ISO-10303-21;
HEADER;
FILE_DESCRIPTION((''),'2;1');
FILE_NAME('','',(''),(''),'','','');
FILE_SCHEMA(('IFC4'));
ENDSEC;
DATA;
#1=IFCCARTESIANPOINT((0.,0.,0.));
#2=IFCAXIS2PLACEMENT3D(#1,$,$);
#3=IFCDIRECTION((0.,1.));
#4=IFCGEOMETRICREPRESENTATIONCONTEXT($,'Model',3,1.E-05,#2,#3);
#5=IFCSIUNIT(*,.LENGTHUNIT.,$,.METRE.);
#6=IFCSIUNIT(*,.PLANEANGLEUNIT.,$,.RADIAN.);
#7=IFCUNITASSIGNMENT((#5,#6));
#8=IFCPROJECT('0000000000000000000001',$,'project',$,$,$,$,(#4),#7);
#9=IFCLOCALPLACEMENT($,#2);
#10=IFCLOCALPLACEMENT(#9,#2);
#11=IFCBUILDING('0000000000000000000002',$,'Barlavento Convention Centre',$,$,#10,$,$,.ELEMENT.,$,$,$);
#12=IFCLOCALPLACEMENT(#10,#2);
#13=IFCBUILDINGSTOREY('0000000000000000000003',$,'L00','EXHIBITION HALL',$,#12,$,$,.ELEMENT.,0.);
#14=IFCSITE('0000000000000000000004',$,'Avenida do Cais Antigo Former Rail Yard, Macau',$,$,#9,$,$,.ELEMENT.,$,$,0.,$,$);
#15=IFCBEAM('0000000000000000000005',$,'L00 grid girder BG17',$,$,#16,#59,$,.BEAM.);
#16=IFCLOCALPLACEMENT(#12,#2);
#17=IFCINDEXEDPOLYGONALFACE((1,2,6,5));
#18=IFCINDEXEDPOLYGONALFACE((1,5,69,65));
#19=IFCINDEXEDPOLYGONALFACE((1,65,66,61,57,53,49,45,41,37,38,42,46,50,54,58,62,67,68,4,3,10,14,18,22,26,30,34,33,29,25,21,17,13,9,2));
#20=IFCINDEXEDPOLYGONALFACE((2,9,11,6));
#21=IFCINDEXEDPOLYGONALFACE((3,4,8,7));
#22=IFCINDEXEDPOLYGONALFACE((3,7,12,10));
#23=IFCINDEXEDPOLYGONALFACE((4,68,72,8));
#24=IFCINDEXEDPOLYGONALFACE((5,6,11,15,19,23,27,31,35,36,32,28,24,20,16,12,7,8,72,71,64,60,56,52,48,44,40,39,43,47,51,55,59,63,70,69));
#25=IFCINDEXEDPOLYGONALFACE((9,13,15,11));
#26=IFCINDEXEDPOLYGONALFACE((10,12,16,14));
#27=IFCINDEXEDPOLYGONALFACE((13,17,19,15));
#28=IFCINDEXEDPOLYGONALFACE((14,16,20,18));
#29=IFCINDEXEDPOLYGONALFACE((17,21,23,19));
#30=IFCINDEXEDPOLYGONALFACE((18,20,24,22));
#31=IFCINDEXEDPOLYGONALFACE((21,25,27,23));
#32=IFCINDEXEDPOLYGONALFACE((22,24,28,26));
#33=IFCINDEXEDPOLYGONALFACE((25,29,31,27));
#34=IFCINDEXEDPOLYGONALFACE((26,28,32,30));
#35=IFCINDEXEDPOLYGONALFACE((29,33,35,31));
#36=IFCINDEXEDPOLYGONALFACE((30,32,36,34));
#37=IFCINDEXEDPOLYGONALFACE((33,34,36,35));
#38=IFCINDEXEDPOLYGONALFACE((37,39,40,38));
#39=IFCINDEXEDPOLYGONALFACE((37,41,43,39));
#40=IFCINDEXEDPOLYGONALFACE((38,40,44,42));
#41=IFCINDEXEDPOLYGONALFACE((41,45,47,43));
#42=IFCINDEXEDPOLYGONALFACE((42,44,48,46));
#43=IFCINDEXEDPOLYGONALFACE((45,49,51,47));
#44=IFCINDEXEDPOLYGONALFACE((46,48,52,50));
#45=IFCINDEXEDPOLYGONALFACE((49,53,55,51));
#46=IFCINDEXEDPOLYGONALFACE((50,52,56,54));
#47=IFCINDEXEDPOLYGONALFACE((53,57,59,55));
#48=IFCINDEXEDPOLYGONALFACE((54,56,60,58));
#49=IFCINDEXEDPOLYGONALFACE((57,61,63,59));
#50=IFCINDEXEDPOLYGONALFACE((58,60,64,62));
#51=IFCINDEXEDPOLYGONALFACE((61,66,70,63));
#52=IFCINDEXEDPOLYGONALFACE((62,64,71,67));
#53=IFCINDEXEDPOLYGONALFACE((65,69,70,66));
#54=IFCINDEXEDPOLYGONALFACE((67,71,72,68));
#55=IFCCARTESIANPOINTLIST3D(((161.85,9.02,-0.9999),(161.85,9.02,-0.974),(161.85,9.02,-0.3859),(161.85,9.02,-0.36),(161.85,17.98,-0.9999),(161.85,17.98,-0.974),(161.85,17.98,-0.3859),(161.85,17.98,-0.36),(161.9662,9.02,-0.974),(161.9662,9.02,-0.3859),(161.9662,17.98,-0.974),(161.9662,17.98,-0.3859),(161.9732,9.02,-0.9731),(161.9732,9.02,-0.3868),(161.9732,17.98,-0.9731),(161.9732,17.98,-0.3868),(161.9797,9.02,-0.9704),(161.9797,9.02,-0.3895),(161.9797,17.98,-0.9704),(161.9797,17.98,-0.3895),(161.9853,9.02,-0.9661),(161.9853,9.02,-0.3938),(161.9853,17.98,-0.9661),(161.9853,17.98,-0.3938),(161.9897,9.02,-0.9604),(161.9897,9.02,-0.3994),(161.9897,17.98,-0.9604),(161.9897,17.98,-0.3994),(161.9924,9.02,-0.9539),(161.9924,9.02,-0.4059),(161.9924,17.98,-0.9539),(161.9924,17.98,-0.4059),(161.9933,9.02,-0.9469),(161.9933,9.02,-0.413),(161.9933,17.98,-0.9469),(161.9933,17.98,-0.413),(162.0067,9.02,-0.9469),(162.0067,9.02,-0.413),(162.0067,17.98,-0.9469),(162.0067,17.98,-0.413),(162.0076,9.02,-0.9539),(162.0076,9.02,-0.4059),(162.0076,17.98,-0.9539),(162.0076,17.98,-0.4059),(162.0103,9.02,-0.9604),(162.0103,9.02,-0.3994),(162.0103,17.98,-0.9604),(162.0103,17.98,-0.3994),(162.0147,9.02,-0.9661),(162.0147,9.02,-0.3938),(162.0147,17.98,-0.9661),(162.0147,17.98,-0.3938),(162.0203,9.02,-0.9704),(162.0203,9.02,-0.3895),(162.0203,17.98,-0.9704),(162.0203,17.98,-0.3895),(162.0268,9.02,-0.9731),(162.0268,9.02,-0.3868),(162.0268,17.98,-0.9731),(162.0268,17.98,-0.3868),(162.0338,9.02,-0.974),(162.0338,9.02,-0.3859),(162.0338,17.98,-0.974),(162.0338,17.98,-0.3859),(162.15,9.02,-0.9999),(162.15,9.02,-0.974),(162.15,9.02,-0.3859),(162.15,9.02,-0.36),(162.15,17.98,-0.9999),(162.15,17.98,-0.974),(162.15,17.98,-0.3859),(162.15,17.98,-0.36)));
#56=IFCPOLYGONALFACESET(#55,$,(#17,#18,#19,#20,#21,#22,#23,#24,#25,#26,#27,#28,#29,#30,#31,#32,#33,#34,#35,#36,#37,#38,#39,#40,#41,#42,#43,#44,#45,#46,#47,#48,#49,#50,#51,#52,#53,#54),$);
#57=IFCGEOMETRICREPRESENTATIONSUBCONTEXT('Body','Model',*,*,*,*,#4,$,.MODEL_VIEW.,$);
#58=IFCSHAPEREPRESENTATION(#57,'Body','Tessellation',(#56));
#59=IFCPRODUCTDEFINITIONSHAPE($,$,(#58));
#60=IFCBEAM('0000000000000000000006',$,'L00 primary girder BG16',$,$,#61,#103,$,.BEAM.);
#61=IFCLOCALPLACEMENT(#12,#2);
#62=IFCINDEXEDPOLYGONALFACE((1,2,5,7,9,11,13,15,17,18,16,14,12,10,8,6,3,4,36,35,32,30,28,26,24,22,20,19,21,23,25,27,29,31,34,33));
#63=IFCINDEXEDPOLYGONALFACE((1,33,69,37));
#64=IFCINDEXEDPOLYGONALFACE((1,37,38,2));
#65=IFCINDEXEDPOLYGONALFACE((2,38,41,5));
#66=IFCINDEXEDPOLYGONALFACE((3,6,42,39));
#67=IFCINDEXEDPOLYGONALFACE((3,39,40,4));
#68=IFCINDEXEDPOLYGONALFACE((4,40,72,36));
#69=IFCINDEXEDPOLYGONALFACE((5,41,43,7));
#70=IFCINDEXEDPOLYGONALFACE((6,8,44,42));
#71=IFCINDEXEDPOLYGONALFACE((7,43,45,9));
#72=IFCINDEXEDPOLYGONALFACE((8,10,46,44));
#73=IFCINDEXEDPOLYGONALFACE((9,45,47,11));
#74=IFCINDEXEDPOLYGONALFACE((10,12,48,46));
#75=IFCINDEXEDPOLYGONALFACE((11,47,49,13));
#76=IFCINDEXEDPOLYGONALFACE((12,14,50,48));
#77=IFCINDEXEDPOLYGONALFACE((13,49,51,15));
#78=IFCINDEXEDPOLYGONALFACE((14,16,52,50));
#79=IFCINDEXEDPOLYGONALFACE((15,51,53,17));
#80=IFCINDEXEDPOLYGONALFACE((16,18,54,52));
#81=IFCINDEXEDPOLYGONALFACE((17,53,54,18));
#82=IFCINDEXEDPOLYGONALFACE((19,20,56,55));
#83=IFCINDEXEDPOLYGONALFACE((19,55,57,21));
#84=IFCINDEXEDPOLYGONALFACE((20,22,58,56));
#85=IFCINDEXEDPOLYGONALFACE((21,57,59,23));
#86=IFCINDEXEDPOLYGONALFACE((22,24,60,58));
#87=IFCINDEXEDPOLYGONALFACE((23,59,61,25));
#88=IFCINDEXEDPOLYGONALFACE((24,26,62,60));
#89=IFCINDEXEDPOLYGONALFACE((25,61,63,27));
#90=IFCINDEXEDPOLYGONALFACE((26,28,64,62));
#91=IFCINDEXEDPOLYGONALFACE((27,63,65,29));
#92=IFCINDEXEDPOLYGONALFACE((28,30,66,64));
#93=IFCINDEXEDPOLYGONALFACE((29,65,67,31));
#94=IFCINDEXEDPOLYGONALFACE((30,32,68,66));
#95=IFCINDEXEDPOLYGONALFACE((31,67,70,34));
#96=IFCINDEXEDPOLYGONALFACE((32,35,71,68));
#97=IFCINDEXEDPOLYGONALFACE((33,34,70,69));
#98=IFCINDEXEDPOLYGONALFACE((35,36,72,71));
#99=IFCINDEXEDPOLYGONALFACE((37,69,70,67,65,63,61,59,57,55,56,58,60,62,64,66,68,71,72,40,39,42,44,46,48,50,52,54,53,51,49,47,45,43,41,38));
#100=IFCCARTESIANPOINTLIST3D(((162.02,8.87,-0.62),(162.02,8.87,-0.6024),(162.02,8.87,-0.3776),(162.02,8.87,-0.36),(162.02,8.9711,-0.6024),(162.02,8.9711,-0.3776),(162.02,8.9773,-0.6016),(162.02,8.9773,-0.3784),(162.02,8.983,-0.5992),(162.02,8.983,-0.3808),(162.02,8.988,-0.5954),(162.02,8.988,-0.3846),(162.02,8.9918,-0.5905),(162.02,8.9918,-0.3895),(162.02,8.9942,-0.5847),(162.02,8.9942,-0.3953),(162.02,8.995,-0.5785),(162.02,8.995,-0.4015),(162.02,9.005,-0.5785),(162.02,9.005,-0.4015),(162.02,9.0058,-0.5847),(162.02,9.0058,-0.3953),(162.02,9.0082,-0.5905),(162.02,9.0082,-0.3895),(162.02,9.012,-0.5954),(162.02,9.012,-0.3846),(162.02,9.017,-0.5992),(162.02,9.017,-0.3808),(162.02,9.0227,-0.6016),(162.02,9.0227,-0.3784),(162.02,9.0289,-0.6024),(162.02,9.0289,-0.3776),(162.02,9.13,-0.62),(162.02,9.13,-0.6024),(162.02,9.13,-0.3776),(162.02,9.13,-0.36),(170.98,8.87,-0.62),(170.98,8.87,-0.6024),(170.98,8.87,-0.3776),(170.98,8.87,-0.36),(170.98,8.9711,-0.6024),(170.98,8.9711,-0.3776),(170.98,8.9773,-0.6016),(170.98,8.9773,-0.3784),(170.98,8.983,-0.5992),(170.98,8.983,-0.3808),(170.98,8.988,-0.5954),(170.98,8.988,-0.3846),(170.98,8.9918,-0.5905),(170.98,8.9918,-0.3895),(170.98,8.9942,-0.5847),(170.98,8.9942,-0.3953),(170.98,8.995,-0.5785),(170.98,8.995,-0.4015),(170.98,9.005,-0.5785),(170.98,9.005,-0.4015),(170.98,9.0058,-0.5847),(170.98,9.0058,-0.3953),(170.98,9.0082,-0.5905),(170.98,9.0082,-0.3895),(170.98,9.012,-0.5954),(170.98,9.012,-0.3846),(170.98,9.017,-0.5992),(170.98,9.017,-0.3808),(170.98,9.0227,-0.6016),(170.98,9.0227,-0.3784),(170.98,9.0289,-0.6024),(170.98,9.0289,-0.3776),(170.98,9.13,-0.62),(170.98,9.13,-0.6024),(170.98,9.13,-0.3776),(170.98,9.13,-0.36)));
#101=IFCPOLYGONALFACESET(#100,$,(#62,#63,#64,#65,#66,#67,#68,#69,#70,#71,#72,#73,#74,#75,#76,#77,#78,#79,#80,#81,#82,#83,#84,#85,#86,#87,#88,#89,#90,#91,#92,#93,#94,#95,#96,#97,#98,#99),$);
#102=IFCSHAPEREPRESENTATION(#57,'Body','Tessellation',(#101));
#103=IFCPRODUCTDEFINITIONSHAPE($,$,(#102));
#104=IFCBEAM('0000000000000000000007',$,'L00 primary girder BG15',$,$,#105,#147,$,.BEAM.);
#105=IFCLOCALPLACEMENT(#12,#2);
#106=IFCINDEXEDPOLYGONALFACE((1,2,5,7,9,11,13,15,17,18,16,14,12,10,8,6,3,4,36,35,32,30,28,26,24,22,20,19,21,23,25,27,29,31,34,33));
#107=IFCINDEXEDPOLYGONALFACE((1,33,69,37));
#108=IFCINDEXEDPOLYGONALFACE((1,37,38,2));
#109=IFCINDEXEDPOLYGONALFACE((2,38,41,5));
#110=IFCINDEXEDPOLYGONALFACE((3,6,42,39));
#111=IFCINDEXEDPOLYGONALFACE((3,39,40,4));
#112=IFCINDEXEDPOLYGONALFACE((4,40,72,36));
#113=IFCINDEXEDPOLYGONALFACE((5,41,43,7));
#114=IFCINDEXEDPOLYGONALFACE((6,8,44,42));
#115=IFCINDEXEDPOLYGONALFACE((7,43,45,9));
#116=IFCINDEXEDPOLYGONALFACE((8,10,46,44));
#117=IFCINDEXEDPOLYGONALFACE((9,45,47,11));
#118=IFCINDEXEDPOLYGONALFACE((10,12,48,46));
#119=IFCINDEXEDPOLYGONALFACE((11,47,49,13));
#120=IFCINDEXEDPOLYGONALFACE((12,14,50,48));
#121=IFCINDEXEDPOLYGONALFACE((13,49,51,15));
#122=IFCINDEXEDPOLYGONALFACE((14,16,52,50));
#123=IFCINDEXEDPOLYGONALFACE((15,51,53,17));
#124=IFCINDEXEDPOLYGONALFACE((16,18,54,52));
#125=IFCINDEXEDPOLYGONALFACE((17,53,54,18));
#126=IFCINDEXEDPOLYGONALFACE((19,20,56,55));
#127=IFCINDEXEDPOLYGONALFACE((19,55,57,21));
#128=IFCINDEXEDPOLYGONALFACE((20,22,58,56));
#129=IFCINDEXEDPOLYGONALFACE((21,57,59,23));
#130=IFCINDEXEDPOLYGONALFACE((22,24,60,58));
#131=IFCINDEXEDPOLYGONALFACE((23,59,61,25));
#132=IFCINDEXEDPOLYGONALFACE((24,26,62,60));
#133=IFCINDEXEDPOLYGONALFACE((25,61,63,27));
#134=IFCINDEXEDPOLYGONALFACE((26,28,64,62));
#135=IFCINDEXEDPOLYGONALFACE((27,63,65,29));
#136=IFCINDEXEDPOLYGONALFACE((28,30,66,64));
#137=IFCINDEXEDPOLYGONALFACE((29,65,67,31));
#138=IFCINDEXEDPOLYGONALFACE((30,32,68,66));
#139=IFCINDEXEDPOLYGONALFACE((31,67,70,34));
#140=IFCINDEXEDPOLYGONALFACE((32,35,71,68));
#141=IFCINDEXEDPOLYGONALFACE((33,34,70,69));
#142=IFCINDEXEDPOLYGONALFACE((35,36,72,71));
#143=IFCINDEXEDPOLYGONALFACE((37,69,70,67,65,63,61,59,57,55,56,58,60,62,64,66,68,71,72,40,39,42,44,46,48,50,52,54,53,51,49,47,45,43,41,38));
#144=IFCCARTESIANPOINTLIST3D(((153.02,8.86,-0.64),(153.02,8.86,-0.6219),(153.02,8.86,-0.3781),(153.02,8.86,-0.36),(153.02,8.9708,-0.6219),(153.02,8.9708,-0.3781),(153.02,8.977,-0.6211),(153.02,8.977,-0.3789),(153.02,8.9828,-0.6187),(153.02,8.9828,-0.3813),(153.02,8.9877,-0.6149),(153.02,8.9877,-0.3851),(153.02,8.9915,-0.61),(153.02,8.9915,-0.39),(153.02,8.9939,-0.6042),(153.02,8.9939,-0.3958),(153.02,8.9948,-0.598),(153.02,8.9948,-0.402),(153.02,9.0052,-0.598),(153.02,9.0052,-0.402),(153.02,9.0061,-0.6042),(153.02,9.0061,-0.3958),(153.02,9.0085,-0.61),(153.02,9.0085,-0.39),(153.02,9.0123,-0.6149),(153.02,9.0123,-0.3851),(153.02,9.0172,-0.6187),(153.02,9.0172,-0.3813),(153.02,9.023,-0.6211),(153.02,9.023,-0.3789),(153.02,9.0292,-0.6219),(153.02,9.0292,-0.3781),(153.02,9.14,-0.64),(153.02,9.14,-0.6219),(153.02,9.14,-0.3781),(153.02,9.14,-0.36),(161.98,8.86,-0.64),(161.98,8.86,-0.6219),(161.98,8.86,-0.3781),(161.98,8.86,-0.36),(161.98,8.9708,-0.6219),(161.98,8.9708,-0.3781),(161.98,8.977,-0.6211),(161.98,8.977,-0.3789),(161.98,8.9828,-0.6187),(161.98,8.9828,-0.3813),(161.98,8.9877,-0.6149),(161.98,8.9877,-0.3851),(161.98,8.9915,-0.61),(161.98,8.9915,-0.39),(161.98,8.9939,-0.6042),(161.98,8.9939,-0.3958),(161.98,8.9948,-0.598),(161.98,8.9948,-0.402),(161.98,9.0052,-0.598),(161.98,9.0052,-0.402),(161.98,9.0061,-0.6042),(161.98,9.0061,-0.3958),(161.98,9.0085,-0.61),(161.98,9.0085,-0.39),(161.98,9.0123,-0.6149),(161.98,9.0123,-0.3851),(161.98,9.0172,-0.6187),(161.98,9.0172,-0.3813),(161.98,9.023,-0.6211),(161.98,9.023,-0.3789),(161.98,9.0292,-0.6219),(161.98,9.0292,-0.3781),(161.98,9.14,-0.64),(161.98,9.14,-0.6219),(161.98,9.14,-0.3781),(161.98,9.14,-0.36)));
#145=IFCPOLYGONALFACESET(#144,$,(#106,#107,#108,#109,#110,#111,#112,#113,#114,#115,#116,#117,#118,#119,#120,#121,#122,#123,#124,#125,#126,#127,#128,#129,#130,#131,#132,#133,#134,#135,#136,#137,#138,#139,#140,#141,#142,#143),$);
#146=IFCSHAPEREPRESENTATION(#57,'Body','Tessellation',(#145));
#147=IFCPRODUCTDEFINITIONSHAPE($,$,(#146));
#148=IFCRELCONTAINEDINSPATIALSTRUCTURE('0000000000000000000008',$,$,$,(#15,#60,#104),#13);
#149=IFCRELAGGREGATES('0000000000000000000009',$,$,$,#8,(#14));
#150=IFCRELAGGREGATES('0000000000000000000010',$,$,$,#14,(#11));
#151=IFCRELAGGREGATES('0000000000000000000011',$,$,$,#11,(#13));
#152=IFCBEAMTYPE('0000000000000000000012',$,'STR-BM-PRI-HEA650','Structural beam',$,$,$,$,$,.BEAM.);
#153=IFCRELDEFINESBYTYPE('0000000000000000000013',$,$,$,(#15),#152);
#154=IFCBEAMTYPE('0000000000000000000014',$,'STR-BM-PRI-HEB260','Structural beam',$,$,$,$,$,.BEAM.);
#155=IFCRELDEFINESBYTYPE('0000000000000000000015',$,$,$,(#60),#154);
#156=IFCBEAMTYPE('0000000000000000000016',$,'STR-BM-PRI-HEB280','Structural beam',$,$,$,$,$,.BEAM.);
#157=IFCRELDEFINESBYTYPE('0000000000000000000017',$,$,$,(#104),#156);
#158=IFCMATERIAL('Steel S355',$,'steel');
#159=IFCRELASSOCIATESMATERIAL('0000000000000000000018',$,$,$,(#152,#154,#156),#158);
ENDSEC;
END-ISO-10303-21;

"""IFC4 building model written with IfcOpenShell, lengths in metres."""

from ifc_helpers import new_model, si_unit, direction, frame, origin, origin_2d, place, context, subcontext, project, spatial, i_section, extrude, material, material_profile, profile_set, type_object, element, save


model = new_model("IFC4")

# Units and contexts
model_context = context("Model", 3, precision=1e-05, world=origin(), true_north=direction((0.0, 1.0)))
body_context = subcontext(model_context, "Body", "Model", "MODEL_VIEW")
ifc_project = project(units=[si_unit("LENGTHUNIT", "METRE"), si_unit("PLANEANGLEUNIT", "RADIAN")], contexts=[model_context])

# Site, building, storey
site_placement = place(None, origin())
site = spatial("IfcSite", under=ifc_project, at=site_placement, Name="Avenida do Cais Antigo Former Rail Yard, Macau", CompositionType="ELEMENT", RefElevation=0.0)
building_placement = place(site_placement, origin())
building = spatial("IfcBuilding", under=site, at=building_placement, Name="Barlavento Convention Centre", CompositionType="ELEMENT")
storey_placement = place(building_placement, origin())
storey = spatial("IfcBuildingStorey", under=building, at=storey_placement, Name="L00", Description="EXHIBITION HALL", CompositionType="ELEMENT", Elevation=0.0)

# Beams
ifc_material_1 = material(Name="Steel S355", Category="steel")
ifc_material_profile_1 = material_profile(ifc_material_1, i_section(OverallWidth=0.3, OverallDepth=0.6399, WebThickness=0.0134, FlangeThickness=0.0259, FilletRadius=0.0271, at=origin_2d()), Name="HEA 650")
ifc_profile_set_1 = profile_set([ifc_material_profile_1], Name="Steel S355")
beam_type_1 = type_object("IfcBeamType", Name="STR-BM-PRI-HEA650", Description="Structural beam", PredefinedType="BEAM", material=ifc_profile_set_1)
for number, where, z_axis, x_axis, name in (
    (1, (162.0, 9.02, -0.6799), (0.0, 1.0, 0.0), (-1.0, 0.0, 0.0), "L00 grid girder BG17"),
):
    element("IfcBeam", number, at=place(storey_placement, frame(where, z_axis=z_axis, x_axis=x_axis)), inside=storey, type_object=beam_type_1, Name=name, PredefinedType="BEAM", context=body_context, shape_type="SweptSolid", body=[
        extrude(i_section(OverallWidth=0.3, OverallDepth=0.6399, WebThickness=0.0134, FlangeThickness=0.0259, FilletRadius=0.0271, at=origin_2d()), origin(), (0.0, 0.0, 1.0), 8.96),
    ])
ifc_material_profile_2 = material_profile(ifc_material_1, i_section(OverallWidth=0.26, OverallDepth=0.26, WebThickness=0.01, FlangeThickness=0.0176, FilletRadius=0.0239, at=origin_2d()), Name="HEB 260")
ifc_profile_set_2 = profile_set([ifc_material_profile_2], Name="Steel S355")
beam_type_2 = type_object("IfcBeamType", Name="STR-BM-PRI-HEB260", Description="Structural beam", PredefinedType="BEAM", material=ifc_profile_set_2)
beam_1_placement = place(storey_placement, frame((162.02, 9.0, -0.49), z_axis=(1.0, 0.0, 0.0), x_axis=(0.0, 1.0, 0.0)))
element("IfcBeam", 2, at=beam_1_placement, inside=storey, type_object=beam_type_2, Name="L00 primary girder BG16", PredefinedType="BEAM", context=body_context, shape_type="SweptSolid", body=[
    extrude(i_section(OverallWidth=0.26, OverallDepth=0.26, WebThickness=0.01, FlangeThickness=0.0176, FilletRadius=0.0239, at=origin_2d()), origin(), (0.0, 0.0, 1.0), 8.96),
])
ifc_material_profile_3 = material_profile(ifc_material_1, i_section(OverallWidth=0.28, OverallDepth=0.28, WebThickness=0.0105, FlangeThickness=0.0181, FilletRadius=0.0239, at=origin_2d()), Name="HEB 280")
ifc_profile_set_3 = profile_set([ifc_material_profile_3], Name="Steel S355")
beam_type_3 = type_object("IfcBeamType", Name="STR-BM-PRI-HEB280", Description="Structural beam", PredefinedType="BEAM", material=ifc_profile_set_3)
beam_2_placement = place(storey_placement, frame((153.02, 9.0, -0.5), z_axis=(1.0, 0.0, 0.0), x_axis=(0.0, 1.0, 0.0)))
element("IfcBeam", 3, at=beam_2_placement, inside=storey, type_object=beam_type_3, Name="L00 primary girder BG15", PredefinedType="BEAM", context=body_context, shape_type="SweptSolid", body=[
    extrude(i_section(OverallWidth=0.28, OverallDepth=0.28, WebThickness=0.0105, FlangeThickness=0.0181, FilletRadius=0.0239, at=origin_2d()), origin(), (0.0, 0.0, 1.0), 8.96),
])

save(model, "model.ifc")
